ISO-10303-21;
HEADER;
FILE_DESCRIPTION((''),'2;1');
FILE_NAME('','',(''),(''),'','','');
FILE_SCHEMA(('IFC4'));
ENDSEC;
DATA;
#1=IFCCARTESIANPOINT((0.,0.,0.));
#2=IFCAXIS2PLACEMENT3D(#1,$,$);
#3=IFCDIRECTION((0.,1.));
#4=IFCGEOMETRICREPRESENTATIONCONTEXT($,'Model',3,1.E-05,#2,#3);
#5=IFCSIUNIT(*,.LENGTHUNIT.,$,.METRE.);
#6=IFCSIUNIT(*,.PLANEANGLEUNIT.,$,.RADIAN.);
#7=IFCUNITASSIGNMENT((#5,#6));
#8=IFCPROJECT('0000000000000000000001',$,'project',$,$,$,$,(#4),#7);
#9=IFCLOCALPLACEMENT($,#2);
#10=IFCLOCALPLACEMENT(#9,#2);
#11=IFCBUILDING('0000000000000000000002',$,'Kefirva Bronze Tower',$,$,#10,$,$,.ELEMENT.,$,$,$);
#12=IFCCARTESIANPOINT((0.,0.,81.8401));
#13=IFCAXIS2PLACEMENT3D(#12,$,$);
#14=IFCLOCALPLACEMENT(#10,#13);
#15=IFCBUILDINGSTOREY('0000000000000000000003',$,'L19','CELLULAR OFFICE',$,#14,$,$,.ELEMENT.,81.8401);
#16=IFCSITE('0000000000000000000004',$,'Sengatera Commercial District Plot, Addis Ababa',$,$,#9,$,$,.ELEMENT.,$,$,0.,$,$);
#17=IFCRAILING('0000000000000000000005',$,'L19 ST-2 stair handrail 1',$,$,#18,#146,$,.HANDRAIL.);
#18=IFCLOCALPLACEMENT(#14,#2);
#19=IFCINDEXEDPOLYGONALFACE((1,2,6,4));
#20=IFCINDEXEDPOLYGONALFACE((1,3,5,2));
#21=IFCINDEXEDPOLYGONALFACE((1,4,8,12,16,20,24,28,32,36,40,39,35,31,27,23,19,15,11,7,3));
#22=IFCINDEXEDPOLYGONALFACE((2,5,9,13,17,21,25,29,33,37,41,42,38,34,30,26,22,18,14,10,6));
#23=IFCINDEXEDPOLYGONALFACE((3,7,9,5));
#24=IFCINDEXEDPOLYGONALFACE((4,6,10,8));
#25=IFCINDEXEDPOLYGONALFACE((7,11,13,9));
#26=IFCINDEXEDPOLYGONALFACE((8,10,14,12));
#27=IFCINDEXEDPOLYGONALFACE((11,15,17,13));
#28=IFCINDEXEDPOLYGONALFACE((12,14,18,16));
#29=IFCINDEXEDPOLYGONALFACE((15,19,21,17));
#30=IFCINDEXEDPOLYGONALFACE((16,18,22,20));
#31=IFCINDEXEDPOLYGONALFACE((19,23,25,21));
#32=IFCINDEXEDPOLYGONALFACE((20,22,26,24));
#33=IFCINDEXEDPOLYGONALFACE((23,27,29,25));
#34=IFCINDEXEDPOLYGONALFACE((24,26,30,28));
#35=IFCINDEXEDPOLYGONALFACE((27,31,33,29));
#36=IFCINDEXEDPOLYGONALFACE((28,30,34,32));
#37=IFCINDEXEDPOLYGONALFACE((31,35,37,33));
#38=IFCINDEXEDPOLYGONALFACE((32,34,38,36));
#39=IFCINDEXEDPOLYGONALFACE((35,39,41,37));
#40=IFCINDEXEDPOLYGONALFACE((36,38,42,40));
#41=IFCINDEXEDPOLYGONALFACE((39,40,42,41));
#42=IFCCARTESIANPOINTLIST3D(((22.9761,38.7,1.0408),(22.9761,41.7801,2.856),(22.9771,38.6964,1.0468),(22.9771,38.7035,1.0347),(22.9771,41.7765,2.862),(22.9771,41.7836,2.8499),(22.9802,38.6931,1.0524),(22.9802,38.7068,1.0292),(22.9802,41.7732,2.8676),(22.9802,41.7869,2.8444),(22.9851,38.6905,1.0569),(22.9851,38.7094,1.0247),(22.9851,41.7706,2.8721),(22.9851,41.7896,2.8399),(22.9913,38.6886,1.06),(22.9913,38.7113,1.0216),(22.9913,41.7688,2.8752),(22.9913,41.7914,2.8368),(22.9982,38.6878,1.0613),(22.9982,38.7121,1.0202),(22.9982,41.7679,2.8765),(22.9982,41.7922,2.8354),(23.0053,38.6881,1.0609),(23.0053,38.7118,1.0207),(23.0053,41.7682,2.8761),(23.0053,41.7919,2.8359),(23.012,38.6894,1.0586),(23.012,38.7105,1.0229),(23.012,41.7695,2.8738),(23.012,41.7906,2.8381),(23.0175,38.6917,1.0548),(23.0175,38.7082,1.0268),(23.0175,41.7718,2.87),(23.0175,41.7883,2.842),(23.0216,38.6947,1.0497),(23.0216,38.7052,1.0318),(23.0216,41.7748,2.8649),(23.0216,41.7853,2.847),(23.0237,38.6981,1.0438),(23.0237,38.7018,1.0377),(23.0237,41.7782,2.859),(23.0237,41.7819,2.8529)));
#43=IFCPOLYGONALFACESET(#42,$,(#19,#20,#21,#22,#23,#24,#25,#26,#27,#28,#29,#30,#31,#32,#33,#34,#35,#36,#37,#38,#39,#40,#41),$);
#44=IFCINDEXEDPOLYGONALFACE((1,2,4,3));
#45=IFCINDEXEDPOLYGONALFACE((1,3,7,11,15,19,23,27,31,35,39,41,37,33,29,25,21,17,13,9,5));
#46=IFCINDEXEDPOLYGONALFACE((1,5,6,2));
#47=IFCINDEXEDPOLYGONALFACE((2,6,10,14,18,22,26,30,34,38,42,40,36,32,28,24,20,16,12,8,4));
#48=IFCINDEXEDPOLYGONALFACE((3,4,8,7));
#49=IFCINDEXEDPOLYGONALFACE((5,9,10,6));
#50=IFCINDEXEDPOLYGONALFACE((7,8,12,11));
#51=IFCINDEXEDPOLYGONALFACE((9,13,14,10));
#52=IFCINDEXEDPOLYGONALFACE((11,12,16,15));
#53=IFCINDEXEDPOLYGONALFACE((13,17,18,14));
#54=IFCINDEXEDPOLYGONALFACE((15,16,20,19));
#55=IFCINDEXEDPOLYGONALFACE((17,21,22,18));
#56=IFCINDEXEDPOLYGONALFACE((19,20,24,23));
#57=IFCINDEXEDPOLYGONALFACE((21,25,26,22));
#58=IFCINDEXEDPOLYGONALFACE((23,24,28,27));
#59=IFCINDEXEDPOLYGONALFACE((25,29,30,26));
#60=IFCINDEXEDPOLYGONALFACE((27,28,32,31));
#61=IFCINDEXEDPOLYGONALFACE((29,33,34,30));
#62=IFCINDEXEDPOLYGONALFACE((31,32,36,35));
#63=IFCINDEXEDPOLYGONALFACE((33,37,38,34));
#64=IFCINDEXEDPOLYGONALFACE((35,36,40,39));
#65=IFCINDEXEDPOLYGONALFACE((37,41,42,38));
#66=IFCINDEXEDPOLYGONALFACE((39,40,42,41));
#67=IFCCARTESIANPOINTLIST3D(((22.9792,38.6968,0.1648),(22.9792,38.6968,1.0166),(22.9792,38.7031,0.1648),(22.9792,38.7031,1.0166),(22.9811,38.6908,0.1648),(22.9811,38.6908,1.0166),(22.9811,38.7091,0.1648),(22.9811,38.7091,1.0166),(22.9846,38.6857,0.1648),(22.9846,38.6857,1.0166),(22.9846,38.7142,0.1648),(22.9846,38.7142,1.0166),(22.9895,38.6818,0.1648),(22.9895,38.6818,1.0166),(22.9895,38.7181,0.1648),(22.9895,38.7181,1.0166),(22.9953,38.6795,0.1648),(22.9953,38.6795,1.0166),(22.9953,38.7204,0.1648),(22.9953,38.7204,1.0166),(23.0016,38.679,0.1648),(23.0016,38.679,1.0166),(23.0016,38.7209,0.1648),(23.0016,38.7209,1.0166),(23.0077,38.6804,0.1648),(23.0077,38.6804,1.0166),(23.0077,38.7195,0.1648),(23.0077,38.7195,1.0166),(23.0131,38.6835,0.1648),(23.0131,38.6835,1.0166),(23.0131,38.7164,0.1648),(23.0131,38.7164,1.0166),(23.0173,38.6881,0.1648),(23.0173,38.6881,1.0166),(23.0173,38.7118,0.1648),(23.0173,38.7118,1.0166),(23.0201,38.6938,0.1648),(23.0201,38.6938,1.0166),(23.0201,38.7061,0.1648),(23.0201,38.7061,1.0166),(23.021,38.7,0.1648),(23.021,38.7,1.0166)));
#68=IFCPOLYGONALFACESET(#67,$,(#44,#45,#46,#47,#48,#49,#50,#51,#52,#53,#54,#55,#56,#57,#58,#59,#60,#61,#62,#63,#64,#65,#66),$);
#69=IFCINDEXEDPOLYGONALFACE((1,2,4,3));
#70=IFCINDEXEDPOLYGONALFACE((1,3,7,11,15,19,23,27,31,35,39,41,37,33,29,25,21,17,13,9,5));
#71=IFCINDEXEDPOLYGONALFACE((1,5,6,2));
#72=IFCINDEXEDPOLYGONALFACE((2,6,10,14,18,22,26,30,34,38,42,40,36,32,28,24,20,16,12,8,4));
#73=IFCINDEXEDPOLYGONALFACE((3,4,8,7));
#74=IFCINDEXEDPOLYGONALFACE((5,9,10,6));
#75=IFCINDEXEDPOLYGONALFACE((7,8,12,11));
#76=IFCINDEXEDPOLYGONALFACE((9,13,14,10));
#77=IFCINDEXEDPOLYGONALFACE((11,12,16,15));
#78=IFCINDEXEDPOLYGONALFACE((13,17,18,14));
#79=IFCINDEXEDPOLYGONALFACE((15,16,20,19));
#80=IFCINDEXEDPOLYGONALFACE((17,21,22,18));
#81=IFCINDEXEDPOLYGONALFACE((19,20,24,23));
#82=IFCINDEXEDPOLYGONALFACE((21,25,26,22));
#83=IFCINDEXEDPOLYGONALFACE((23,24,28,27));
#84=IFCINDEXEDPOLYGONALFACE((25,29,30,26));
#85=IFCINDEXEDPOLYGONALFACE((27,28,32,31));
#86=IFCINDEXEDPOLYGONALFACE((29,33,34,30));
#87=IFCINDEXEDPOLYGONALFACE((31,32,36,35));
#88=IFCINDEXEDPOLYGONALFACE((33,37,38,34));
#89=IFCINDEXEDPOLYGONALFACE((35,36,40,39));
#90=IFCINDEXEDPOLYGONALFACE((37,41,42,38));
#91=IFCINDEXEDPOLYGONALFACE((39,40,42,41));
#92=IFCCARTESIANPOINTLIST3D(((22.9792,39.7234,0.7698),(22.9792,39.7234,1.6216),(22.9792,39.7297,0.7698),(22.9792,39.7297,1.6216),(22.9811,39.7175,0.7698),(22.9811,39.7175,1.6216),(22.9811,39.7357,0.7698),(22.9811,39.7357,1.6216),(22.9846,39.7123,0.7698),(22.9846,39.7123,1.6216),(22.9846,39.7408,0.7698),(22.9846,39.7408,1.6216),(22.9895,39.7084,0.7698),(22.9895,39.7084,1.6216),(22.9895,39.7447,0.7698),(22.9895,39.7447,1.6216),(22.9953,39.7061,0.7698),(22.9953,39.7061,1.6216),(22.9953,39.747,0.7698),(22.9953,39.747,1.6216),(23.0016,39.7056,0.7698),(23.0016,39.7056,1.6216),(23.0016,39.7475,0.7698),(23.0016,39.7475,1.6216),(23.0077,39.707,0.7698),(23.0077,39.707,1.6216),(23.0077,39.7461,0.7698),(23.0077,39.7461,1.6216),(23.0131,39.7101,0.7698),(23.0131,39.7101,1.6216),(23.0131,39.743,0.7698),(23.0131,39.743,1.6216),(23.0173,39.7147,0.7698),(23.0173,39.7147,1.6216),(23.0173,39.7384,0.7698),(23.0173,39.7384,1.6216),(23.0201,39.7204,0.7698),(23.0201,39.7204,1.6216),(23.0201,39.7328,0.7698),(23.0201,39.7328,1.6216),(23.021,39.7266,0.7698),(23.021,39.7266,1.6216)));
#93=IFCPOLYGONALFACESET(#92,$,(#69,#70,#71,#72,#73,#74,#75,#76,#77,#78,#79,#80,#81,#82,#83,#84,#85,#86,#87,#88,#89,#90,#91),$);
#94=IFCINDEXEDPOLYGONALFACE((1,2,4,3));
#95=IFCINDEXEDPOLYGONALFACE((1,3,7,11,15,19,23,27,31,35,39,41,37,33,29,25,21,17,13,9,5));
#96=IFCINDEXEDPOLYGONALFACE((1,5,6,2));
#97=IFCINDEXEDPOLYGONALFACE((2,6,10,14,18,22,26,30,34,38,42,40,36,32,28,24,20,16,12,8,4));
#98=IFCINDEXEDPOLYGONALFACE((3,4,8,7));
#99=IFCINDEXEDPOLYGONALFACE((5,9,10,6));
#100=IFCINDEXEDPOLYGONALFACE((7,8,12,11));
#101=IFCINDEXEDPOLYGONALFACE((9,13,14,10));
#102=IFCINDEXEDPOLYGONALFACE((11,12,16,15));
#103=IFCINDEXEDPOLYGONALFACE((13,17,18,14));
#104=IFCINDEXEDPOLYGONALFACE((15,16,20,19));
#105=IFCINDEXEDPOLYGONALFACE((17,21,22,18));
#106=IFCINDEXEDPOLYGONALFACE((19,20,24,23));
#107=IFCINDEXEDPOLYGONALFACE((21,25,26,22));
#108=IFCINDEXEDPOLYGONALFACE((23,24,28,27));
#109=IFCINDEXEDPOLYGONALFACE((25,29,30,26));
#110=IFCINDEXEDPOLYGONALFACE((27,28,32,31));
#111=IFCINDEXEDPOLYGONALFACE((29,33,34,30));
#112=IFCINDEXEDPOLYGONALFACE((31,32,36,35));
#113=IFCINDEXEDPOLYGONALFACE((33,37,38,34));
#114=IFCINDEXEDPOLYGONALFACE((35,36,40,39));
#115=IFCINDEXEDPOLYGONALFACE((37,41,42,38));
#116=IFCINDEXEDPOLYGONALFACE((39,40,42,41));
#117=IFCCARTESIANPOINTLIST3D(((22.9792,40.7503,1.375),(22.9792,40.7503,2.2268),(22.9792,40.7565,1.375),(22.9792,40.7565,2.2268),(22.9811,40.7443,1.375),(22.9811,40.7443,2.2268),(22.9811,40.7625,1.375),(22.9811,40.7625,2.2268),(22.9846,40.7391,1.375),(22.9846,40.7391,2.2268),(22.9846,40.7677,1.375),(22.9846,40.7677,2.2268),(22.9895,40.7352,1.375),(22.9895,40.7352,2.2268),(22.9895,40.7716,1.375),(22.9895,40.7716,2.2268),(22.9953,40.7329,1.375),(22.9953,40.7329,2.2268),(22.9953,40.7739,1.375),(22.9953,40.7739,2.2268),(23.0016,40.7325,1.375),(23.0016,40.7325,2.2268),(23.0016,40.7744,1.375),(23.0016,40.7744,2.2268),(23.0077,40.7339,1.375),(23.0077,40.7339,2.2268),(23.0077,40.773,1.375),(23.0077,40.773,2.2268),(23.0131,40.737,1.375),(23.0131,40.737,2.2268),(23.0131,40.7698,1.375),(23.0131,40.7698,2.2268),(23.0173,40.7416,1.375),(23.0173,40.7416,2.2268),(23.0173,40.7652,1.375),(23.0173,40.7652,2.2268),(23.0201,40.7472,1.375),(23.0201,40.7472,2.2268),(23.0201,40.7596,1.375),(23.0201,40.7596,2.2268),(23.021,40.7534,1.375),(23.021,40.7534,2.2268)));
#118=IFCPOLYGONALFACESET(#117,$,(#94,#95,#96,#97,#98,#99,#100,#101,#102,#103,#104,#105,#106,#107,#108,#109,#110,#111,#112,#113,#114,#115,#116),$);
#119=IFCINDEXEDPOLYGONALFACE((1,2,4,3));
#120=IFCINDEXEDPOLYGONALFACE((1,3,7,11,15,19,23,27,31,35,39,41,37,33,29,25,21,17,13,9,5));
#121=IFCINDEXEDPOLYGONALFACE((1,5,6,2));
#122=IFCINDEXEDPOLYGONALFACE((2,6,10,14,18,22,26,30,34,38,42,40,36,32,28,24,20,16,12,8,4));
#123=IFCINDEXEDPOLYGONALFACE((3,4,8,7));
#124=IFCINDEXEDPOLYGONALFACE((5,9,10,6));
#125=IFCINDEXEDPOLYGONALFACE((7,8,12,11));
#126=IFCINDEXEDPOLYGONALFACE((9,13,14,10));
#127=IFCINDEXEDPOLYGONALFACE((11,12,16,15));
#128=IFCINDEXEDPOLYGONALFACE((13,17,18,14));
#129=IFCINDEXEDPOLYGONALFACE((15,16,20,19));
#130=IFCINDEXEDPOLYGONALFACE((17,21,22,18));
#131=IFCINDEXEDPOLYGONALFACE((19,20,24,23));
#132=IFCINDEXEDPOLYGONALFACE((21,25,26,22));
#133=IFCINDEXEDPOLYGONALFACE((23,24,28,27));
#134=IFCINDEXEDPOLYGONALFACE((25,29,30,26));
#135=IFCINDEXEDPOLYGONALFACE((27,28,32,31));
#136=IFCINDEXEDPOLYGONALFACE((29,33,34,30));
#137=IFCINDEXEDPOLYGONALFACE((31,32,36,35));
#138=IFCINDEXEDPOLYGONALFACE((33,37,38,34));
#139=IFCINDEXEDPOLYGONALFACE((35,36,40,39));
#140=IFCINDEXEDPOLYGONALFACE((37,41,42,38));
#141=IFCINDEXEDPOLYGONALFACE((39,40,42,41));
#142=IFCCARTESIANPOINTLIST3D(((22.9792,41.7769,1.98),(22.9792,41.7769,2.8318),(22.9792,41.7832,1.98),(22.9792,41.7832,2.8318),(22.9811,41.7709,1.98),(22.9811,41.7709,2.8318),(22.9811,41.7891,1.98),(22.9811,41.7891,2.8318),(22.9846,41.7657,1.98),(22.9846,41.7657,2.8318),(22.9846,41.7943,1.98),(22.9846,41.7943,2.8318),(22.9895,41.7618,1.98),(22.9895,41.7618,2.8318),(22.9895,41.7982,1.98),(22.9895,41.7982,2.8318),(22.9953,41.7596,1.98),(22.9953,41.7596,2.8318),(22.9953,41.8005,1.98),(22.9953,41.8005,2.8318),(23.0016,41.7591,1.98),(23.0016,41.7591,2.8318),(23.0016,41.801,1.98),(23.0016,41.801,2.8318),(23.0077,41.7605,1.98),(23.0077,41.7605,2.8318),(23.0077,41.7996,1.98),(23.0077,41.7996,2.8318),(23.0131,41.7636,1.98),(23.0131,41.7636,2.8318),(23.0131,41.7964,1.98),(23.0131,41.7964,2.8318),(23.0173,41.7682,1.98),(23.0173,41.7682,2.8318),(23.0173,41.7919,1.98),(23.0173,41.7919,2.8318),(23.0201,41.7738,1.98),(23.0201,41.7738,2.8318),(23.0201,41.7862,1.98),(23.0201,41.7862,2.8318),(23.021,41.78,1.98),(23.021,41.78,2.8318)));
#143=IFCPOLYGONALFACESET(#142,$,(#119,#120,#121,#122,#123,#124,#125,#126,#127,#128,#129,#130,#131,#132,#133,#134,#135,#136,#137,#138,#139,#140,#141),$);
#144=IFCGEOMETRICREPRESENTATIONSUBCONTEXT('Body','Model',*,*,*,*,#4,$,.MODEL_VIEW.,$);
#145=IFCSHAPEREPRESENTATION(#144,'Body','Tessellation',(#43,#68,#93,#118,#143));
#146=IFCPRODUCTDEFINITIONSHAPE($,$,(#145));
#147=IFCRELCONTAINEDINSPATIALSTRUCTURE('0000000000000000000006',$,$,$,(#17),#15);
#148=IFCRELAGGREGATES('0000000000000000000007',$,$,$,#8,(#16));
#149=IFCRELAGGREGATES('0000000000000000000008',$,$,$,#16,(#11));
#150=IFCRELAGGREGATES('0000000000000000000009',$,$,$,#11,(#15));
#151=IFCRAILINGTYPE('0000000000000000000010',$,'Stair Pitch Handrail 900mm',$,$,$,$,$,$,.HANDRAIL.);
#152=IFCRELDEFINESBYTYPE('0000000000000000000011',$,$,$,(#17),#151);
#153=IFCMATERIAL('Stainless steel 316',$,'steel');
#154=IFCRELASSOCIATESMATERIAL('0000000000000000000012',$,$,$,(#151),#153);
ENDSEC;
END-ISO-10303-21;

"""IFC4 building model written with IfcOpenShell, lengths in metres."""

from ifc_helpers import new_model, si_unit, direction, frame, origin, origin_2d, place, context, subcontext, project, spatial, circle, extrude, material, type_object, element, save


model = new_model("IFC4")

# Units and contexts
model_context = context("Model", 3, precision=1e-05, world=origin(), true_north=direction((0.0, 1.0)))
body_context = subcontext(model_context, "Body", "Model", "MODEL_VIEW")
ifc_project = project(units=[si_unit("LENGTHUNIT", "METRE"), si_unit("PLANEANGLEUNIT", "RADIAN")], contexts=[model_context])

# Site, building, storey
site_placement = place(None, origin())
site = spatial("IfcSite", under=ifc_project, at=site_placement, Name="Sengatera Commercial District Plot, Addis Ababa", CompositionType="ELEMENT", RefElevation=0.0)
building_placement = place(site_placement, origin())
building = spatial("IfcBuilding", under=site, at=building_placement, Name="Kefirva Bronze Tower", CompositionType="ELEMENT")
storey_placement = place(building_placement, frame((0.0, 0.0, 81.8401)))
storey = spatial("IfcBuildingStorey", under=building, at=storey_placement, Name="L19", Description="CELLULAR OFFICE", CompositionType="ELEMENT", Elevation=81.8401)

# Railing
ifc_material_1 = material(Name="Stainless steel 316", Category="steel")
railing_type_1 = type_object("IfcRailingType", Name="Stair Pitch Handrail 900mm", PredefinedType="HANDRAIL", material=ifc_material_1)
railing_1_placement = place(storey_placement, frame((23.0, 38.7, 0.1648)))
element("IfcRailing", 1, at=railing_1_placement, inside=storey, type_object=railing_type_1, Name="L19 ST-2 stair handrail 1", PredefinedType="HANDRAIL", context=body_context, shape_type="SweptSolid", body=[
    extrude(circle(Radius=0.0239, at=origin_2d()), frame((0.0, 0.0, 0.876), z_axis=(0.0, 0.861521, 0.507721), x_axis=(-1.0, 0.0, 0.0)), (0.0, 0.0, 1.0), 3.5752),
    extrude(circle(Radius=0.021, at=origin_2d()), origin(), (0.0, 0.0, 1.0), 0.8518),
    extrude(circle(Radius=0.021, at=origin_2d()), frame((0.0, 1.0266, 0.605)), (0.0, 0.0, 1.0), 0.8518),
    extrude(circle(Radius=0.021, at=origin_2d()), frame((0.0, 2.0535, 1.2102)), (0.0, 0.0, 1.0), 0.8518),
    extrude(circle(Radius=0.021, at=origin_2d()), frame((0.0, 3.0801, 1.8152)), (0.0, 0.0, 1.0), 0.8518),
])

save(model, "model.ifc")
